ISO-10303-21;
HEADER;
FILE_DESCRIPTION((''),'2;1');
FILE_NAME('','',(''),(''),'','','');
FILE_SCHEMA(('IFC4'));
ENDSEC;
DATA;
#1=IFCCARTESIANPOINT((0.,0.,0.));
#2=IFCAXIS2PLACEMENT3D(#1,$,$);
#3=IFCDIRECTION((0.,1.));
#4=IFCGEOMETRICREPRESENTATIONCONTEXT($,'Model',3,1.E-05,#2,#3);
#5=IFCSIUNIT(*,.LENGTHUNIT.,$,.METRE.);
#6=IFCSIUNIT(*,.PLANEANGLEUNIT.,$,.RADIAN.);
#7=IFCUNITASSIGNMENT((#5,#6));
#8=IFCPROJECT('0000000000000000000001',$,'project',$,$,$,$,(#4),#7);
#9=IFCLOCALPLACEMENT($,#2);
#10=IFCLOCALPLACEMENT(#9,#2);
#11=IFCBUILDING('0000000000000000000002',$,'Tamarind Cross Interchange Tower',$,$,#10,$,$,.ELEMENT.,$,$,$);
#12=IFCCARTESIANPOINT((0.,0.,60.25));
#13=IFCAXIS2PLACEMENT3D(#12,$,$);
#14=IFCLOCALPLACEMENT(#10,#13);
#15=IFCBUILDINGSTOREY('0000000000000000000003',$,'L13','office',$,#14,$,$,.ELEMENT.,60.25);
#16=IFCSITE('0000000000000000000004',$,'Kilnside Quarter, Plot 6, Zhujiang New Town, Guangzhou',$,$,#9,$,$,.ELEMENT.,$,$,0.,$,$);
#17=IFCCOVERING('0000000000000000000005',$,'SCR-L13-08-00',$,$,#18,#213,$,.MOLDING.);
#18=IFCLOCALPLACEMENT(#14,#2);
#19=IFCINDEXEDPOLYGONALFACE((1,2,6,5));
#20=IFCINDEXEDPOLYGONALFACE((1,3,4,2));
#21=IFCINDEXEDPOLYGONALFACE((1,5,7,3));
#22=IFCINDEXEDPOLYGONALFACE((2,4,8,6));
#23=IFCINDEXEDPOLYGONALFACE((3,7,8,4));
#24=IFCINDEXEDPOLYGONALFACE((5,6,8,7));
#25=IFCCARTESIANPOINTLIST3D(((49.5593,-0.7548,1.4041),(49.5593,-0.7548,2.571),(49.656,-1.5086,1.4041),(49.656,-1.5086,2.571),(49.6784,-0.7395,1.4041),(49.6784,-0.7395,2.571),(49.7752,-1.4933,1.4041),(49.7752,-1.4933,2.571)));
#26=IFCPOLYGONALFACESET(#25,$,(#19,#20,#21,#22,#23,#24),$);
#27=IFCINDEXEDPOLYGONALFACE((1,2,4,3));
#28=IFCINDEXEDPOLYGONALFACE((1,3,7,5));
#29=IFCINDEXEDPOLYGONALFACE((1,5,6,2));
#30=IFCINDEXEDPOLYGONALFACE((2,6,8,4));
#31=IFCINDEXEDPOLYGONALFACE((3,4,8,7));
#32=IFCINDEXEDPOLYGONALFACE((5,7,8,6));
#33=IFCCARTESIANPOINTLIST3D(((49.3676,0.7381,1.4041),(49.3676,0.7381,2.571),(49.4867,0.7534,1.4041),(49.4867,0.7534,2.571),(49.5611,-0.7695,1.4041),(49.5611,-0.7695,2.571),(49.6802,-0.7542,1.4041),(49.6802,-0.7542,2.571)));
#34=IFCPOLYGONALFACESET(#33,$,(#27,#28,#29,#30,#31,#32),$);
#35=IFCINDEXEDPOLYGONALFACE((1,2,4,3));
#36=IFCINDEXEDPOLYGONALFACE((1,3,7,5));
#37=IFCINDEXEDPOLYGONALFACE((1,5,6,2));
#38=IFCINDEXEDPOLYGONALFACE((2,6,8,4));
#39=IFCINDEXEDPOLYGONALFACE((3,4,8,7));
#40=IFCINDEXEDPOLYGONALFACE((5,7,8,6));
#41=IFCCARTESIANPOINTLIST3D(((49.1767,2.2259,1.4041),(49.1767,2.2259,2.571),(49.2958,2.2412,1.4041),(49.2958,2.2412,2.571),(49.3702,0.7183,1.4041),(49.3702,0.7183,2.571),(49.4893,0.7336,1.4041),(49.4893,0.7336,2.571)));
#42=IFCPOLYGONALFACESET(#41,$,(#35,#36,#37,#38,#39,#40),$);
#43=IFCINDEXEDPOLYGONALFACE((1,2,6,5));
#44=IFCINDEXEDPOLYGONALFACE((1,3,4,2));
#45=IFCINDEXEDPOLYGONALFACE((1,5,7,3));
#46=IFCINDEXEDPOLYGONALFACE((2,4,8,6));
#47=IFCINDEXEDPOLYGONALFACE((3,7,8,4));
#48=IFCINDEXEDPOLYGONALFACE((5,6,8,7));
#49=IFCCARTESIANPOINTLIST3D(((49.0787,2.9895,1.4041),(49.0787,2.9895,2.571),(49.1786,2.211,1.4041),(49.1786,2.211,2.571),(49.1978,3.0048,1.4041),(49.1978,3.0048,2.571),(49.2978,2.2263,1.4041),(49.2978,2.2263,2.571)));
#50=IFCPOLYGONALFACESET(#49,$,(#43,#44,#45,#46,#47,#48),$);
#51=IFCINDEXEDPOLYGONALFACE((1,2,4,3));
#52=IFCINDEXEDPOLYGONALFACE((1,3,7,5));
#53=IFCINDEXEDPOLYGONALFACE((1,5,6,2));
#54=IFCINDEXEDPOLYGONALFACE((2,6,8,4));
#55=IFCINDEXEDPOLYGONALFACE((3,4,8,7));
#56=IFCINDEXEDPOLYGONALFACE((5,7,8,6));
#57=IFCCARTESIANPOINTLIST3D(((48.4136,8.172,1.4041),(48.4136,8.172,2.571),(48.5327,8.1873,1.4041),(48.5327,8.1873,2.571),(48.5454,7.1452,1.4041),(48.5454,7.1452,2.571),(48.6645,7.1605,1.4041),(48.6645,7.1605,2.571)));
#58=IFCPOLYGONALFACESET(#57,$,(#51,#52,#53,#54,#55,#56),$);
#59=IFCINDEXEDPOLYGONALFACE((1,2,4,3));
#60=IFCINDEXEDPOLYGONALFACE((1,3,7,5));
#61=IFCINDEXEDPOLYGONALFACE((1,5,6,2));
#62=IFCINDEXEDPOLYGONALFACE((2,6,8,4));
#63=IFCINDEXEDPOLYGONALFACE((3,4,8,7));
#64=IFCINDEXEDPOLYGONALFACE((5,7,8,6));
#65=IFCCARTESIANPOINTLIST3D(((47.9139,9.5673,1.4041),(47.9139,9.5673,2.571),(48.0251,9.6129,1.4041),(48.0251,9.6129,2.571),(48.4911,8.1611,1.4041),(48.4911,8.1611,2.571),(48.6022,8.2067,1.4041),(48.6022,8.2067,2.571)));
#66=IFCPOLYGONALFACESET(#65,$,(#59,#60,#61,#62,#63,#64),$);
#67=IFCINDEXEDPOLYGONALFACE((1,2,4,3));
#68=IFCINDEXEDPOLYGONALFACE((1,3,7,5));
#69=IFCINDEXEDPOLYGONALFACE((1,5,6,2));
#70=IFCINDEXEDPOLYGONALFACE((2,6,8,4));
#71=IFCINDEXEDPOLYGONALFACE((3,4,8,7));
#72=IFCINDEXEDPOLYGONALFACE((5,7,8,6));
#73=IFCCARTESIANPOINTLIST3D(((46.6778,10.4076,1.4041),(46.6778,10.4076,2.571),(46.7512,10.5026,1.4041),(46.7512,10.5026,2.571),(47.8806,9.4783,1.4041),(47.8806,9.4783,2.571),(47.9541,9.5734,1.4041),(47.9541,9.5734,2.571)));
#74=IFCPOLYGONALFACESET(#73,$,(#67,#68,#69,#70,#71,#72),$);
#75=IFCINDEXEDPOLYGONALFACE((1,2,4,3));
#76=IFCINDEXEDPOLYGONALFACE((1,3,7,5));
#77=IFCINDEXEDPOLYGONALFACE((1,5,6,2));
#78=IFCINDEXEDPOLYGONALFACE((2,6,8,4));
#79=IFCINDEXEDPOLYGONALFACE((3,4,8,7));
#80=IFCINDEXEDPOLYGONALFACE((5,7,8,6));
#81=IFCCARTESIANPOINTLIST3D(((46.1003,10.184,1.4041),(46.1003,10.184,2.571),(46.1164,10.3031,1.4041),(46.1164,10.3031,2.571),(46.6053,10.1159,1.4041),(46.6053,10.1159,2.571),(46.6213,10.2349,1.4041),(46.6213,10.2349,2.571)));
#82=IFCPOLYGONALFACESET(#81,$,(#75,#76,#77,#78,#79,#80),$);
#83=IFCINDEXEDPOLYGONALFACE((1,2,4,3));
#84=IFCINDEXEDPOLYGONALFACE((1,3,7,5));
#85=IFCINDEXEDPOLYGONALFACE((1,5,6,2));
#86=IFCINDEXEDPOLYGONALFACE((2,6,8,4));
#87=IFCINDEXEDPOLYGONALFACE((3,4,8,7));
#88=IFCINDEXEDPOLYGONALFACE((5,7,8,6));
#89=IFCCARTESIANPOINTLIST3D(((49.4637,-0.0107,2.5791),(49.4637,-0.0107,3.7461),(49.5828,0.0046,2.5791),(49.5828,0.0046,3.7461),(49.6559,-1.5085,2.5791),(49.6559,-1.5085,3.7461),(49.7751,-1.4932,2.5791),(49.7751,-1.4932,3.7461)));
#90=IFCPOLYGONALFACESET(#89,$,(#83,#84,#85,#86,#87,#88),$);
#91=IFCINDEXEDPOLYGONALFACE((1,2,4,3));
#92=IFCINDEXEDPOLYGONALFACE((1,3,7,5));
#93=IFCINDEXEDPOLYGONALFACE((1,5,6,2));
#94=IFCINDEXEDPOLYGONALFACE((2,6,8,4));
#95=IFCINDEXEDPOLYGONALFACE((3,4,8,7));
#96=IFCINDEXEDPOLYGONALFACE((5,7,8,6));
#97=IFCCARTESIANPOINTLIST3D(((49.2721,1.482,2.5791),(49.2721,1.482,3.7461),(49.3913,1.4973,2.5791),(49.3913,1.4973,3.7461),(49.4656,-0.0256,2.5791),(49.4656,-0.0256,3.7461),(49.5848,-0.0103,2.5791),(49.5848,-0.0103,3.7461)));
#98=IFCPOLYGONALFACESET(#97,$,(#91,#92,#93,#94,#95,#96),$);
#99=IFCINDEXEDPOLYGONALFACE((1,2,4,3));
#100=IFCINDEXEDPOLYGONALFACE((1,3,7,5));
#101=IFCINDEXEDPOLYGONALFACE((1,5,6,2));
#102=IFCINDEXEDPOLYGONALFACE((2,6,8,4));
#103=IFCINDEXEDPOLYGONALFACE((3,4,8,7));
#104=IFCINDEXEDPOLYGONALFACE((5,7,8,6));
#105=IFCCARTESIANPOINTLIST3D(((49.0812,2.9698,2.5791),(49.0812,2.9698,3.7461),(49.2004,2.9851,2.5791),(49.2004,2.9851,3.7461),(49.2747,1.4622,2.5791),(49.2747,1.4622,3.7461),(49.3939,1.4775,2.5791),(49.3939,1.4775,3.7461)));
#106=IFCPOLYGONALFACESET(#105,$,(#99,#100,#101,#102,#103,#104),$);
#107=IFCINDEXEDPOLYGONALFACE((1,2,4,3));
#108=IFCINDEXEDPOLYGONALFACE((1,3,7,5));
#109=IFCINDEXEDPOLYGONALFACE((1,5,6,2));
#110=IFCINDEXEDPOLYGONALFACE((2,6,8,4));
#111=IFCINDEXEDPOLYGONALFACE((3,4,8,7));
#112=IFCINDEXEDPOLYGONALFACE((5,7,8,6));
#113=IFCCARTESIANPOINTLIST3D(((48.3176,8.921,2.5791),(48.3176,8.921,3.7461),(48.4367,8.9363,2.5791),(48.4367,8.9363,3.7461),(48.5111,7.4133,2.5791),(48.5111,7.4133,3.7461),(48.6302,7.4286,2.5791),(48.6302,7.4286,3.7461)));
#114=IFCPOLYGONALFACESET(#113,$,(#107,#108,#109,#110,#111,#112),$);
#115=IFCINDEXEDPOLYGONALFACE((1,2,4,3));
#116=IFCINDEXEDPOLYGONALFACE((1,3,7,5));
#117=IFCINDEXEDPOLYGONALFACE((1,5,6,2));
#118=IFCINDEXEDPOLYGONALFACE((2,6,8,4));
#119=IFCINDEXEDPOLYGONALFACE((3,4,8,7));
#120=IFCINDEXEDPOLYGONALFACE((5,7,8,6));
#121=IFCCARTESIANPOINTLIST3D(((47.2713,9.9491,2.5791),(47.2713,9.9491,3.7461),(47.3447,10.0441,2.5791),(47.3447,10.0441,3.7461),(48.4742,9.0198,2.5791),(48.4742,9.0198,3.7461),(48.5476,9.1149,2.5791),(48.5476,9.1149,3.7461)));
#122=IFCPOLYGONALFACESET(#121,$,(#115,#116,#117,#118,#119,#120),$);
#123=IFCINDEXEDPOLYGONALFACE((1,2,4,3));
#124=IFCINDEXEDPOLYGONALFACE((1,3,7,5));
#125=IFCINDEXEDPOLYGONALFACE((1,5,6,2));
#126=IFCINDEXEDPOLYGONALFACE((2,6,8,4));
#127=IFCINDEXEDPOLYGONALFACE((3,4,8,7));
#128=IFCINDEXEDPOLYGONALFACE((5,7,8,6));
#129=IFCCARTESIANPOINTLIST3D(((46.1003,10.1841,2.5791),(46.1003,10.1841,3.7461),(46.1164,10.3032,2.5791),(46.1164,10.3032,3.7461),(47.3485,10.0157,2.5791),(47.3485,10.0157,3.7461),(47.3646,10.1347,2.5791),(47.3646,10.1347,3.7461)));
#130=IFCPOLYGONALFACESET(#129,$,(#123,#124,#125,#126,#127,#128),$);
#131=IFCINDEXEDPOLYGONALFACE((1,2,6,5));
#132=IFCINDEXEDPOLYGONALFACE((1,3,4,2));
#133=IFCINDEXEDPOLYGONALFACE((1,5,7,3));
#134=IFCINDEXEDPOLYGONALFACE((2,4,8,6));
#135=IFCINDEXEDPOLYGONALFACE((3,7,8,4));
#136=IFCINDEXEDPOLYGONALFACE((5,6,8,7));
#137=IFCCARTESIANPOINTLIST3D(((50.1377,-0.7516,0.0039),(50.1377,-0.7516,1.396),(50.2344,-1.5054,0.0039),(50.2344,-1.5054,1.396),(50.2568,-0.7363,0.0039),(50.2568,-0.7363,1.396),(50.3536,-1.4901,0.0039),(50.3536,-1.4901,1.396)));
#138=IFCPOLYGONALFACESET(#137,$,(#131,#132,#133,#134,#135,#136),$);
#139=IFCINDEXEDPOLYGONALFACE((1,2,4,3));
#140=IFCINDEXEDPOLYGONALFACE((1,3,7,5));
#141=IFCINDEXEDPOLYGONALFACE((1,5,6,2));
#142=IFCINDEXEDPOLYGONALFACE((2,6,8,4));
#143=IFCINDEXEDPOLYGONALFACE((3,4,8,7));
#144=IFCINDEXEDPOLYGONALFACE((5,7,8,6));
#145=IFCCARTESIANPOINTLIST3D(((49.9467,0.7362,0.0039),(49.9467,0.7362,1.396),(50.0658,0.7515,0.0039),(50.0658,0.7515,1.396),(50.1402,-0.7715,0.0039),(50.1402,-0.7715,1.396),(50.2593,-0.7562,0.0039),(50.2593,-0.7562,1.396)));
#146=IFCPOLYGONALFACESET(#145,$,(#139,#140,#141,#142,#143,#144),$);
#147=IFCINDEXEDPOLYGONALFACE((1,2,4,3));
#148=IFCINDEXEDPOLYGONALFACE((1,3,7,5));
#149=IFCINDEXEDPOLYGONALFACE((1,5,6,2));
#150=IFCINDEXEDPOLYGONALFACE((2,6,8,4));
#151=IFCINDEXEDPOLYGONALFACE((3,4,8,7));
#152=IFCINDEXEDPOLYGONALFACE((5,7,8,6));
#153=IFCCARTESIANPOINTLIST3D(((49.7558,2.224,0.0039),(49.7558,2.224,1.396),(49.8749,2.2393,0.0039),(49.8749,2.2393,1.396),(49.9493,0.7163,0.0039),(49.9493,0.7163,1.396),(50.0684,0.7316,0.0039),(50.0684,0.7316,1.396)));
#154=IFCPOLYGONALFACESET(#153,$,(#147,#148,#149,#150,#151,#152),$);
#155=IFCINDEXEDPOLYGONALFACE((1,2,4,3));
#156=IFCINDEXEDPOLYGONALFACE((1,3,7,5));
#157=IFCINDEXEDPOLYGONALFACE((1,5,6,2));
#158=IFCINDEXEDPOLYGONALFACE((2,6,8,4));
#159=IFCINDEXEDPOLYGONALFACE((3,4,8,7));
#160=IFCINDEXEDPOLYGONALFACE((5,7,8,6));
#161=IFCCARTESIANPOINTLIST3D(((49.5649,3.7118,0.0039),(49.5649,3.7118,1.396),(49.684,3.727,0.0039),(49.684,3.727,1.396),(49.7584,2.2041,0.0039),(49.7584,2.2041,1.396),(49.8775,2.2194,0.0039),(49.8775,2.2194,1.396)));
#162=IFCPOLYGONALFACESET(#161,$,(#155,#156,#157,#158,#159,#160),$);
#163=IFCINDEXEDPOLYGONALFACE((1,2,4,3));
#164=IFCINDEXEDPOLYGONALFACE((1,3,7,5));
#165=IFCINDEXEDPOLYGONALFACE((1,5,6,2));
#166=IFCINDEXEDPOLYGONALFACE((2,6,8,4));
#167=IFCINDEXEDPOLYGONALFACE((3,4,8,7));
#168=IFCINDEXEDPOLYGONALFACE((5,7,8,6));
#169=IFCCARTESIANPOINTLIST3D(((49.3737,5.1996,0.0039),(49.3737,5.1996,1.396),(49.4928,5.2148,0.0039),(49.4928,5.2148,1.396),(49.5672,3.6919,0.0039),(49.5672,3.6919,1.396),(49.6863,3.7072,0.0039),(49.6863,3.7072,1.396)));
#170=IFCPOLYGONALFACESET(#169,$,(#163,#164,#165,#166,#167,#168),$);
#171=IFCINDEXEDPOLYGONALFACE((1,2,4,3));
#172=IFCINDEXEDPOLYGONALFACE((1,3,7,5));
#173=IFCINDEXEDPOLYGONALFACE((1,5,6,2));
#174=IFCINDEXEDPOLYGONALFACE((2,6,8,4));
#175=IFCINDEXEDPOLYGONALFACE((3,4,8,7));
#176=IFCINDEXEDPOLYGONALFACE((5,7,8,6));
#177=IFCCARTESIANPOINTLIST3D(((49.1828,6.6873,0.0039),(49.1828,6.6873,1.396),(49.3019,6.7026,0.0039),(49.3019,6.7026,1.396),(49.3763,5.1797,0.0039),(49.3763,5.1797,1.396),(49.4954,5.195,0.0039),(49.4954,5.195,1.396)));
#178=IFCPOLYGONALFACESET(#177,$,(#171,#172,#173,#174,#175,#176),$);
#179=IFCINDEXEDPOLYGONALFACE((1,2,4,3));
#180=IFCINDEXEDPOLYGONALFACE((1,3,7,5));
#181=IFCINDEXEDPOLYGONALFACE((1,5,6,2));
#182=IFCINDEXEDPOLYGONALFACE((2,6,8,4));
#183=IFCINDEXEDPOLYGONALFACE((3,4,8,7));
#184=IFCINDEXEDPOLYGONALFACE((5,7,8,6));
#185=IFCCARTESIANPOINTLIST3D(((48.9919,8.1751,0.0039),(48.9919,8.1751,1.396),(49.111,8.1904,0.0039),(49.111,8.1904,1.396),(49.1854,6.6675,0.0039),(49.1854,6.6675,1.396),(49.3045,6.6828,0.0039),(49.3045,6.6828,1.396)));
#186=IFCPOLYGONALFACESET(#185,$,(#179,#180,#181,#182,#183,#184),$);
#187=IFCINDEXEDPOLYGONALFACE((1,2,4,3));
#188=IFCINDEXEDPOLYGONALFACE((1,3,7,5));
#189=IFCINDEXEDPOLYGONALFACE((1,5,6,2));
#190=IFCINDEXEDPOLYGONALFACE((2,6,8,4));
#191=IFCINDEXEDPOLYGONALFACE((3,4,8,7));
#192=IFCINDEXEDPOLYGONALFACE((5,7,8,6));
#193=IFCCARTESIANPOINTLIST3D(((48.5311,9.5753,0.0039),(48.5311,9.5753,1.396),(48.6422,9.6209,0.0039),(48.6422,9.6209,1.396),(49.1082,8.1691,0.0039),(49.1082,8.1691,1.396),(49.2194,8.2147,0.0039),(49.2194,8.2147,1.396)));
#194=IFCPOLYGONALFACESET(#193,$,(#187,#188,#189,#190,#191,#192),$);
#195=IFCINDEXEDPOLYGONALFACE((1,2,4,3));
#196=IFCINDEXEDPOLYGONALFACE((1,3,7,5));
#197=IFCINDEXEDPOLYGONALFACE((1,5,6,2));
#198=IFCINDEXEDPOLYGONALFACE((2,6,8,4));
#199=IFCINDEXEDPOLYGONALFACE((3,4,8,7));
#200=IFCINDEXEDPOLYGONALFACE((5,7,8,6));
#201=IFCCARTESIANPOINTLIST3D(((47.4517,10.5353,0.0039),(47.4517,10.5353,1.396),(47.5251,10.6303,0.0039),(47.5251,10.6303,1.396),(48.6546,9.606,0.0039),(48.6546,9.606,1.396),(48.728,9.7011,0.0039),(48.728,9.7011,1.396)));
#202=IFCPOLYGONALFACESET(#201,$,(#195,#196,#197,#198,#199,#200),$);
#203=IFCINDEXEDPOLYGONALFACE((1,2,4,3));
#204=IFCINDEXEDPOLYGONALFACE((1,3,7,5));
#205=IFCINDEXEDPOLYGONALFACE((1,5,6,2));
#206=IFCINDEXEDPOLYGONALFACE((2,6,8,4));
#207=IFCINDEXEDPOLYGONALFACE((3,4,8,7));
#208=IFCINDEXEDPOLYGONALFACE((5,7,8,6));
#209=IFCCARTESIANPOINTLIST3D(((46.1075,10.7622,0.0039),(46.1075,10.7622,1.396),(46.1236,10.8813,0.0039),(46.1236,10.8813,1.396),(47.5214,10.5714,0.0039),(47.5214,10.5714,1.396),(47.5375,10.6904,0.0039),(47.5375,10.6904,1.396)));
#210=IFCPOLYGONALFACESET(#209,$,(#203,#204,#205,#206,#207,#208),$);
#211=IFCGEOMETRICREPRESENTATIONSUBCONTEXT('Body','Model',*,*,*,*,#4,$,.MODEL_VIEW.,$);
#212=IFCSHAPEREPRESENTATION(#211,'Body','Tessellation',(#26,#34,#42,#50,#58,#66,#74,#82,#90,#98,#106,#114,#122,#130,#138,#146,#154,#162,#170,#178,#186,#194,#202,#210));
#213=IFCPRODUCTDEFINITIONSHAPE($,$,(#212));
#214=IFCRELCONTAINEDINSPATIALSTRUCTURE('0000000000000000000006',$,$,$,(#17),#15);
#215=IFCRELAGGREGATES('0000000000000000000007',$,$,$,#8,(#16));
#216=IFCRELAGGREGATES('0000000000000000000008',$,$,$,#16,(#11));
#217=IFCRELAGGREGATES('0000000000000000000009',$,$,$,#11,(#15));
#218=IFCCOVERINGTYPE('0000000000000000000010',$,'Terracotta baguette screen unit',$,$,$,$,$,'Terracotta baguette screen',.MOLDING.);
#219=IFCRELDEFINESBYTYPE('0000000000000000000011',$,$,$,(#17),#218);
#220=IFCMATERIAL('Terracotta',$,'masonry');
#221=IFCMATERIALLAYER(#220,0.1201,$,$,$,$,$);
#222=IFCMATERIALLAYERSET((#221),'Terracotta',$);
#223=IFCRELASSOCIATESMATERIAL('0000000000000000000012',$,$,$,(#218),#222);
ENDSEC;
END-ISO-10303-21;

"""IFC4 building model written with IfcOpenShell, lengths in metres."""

from ifc_helpers import new_model, si_unit, direction, frame, origin, origin_2d, place, context, subcontext, project, spatial, rectangle, extrude, material, layer, layer_set, type_object, element, save


model = new_model("IFC4")

# Units and contexts
model_context = context("Model", 3, precision=1e-05, world=origin(), true_north=direction((0.0, 1.0)))
body_context = subcontext(model_context, "Body", "Model", "MODEL_VIEW")
ifc_project = project(units=[si_unit("LENGTHUNIT", "METRE"), si_unit("PLANEANGLEUNIT", "RADIAN")], contexts=[model_context])

# Site, building, storey
site_placement = place(None, origin())
site = spatial("IfcSite", under=ifc_project, at=site_placement, Name="Kilnside Quarter, Plot 6, Zhujiang New Town, Guangzhou", CompositionType="ELEMENT", RefElevation=0.0)
building_placement = place(site_placement, origin())
building = spatial("IfcBuilding", under=site, at=building_placement, Name="Tamarind Cross Interchange Tower", CompositionType="ELEMENT")
storey_placement = place(building_placement, frame((0.0, 0.0, 60.25)))
storey = spatial("IfcBuildingStorey", under=building, at=storey_placement, Name="L13", Description="office", CompositionType="ELEMENT", Elevation=60.25)

# Covering
ifc_material_1 = material(Name="Terracotta", Category="masonry")
ifc_layer_1 = layer(ifc_material_1, 0.1201)
ifc_layer_set_1 = layer_set([ifc_layer_1], Name="Terracotta")
covering_type = type_object("IfcCoveringType", Name="Terracotta baguette screen unit", ElementType="Terracotta baguette screen", PredefinedType="MOLDING", material=ifc_layer_set_1)
covering_1_placement = place(storey_placement, origin())
element("IfcCovering", 1, at=covering_1_placement, inside=storey, type_object=covering_type, Name="SCR-L13-08-00", PredefinedType="MOLDING", context=body_context, shape_type="SweptSolid", body=[
    extrude(rectangle(XDim=0.76, YDim=0.1201, at=origin_2d()), frame((49.6672, -1.124, 1.4041), z_axis=(0.0, 0.0, 1.0), x_axis=(-0.1273, 0.991864, 0.0)), (0.0, 0.0, 1.0), 1.167),
    extrude(rectangle(XDim=1.52, YDim=0.1201, at=origin_2d()), frame((49.5239, -0.0081, 1.4041), z_axis=(0.0, 0.0, 1.0), x_axis=(-0.1273, 0.991864, 0.0)), (0.0, 0.0, 1.0), 1.167),
    extrude(rectangle(XDim=1.52, YDim=0.1201, at=origin_2d()), frame((49.333, 1.4797, 1.4041), z_axis=(0.0, 0.0, 1.0), x_axis=(-0.1273, 0.991864, 0.0)), (0.0, 0.0, 1.0), 1.167),
    extrude(rectangle(XDim=0.7849, YDim=0.1201, at=origin_2d()), frame((49.1882, 2.6079, 1.4041), z_axis=(0.0, 0.0, 1.0), x_axis=(-0.1273, 0.991864, 0.0)), (0.0, 0.0, 1.0), 1.167),
    extrude(rectangle(XDim=1.0352, YDim=0.1201, at=origin_2d()), frame((48.5391, 7.6663, 1.4041), z_axis=(0.0, 0.0, 1.0), x_axis=(-0.1273, 0.991864, 0.0)), (0.0, 0.0, 1.0), 1.167),
    extrude(rectangle(XDim=1.52, YDim=0.1201, at=origin_2d()), frame((48.2581, 8.887, 1.4041), z_axis=(0.0, 0.0, 1.0), x_axis=(-0.379676, 0.92512, 0.0)), (0.0, 0.0, 1.0), 1.167),
    extrude(rectangle(XDim=1.52, YDim=0.1201, at=origin_2d()), frame((47.3159, 9.9905, 1.4041), z_axis=(0.0, 0.0, 1.0), x_axis=(-0.791369, 0.611339, 0.0)), (0.0, 0.0, 1.0), 1.167),
    extrude(rectangle(XDim=0.5095, YDim=0.1201, at=origin_2d()), frame((46.3608, 10.2095, 1.4041), z_axis=(0.0, 0.0, 1.0), x_axis=(-0.991015, 0.133751, 0.0)), (0.0, 0.0, 1.0), 1.167),
    extrude(rectangle(XDim=1.51, YDim=0.1201, at=origin_2d()), frame((49.6194, -0.752, 2.5791), z_axis=(0.0, 0.0, 1.0), x_axis=(-0.1273, 0.991864, 0.0)), (0.0, 0.0, 1.0), 1.167),
    extrude(rectangle(XDim=1.52, YDim=0.1201, at=origin_2d()), frame((49.4285, 0.7358, 2.5791), z_axis=(0.0, 0.0, 1.0), x_axis=(-0.1273, 0.991864, 0.0)), (0.0, 0.0, 1.0), 1.167),
    extrude(rectangle(XDim=1.52, YDim=0.1201, at=origin_2d()), frame((49.2375, 2.2236, 2.5791), z_axis=(0.0, 0.0, 1.0), x_axis=(-0.1273, 0.991864, 0.0)), (0.0, 0.0, 1.0), 1.167),
    extrude(rectangle(XDim=1.52, YDim=0.1201, at=origin_2d()), frame((48.4739, 8.1748, 2.5791), z_axis=(0.0, 0.0, 1.0), x_axis=(-0.1273, 0.991864, 0.0)), (0.0, 0.0, 1.0), 1.167),
    extrude(rectangle(XDim=1.52, YDim=0.1201, at=origin_2d()), frame((47.9094, 9.532, 2.5791), z_axis=(0.0, 0.0, 1.0), x_axis=(-0.791369, 0.611339, 0.0)), (0.0, 0.0, 1.0), 1.167),
    extrude(rectangle(XDim=1.2595, YDim=0.1201, at=origin_2d()), frame((46.7324, 10.1594, 2.5791), z_axis=(0.0, 0.0, 1.0), x_axis=(-0.991015, 0.133751, 0.0)), (0.0, 0.0, 1.0), 1.167),
    extrude(rectangle(XDim=0.76, YDim=0.1201, at=origin_2d()), frame((50.2456, -1.1208, 0.0039), z_axis=(0.0, 0.0, 1.0), x_axis=(-0.1273, 0.991864, 0.0)), (0.0, 0.0, 1.0), 1.3921),
    extrude(rectangle(XDim=1.52, YDim=0.1201, at=origin_2d()), frame((50.103, -0.01, 0.0039), z_axis=(0.0, 0.0, 1.0), x_axis=(-0.1273, 0.991864, 0.0)), (0.0, 0.0, 1.0), 1.3921),
    extrude(rectangle(XDim=1.52, YDim=0.1201, at=origin_2d()), frame((49.9121, 1.4778, 0.0039), z_axis=(0.0, 0.0, 1.0), x_axis=(-0.1273, 0.991864, 0.0)), (0.0, 0.0, 1.0), 1.3921),
    extrude(rectangle(XDim=1.52, YDim=0.1201, at=origin_2d()), frame((49.7212, 2.9656, 0.0039), z_axis=(0.0, 0.0, 1.0), x_axis=(-0.1273, 0.991864, 0.0)), (0.0, 0.0, 1.0), 1.3921),
    extrude(rectangle(XDim=1.52, YDim=0.1201, at=origin_2d()), frame((49.53, 4.4534, 0.0039), z_axis=(0.0, 0.0, 1.0), x_axis=(-0.1273, 0.991864, 0.0)), (0.0, 0.0, 1.0), 1.3921),
    extrude(rectangle(XDim=1.52, YDim=0.1201, at=origin_2d()), frame((49.3391, 5.9412, 0.0039), z_axis=(0.0, 0.0, 1.0), x_axis=(-0.1273, 0.991864, 0.0)), (0.0, 0.0, 1.0), 1.3921),
    extrude(rectangle(XDim=1.52, YDim=0.1201, at=origin_2d()), frame((49.1482, 7.429, 0.0039), z_axis=(0.0, 0.0, 1.0), x_axis=(-0.1273, 0.991864, 0.0)), (0.0, 0.0, 1.0), 1.3921),
    extrude(rectangle(XDim=1.52, YDim=0.1201, at=origin_2d()), frame((48.8752, 8.895, 0.0039), z_axis=(0.0, 0.0, 1.0), x_axis=(-0.379676, 0.92512, 0.0)), (0.0, 0.0, 1.0), 1.3921),
    extrude(rectangle(XDim=1.52, YDim=0.1201, at=origin_2d()), frame((48.0898, 10.1182, 0.0039), z_axis=(0.0, 0.0, 1.0), x_axis=(-0.791369, 0.611339, 0.0)), (0.0, 0.0, 1.0), 1.3921),
    extrude(rectangle(XDim=1.4268, YDim=0.1201, at=origin_2d()), frame((46.8225, 10.7263, 0.0039), z_axis=(0.0, 0.0, 1.0), x_axis=(-0.991015, 0.133751, 0.0)), (0.0, 0.0, 1.0), 1.3921),
])

save(model, "model.ifc")
